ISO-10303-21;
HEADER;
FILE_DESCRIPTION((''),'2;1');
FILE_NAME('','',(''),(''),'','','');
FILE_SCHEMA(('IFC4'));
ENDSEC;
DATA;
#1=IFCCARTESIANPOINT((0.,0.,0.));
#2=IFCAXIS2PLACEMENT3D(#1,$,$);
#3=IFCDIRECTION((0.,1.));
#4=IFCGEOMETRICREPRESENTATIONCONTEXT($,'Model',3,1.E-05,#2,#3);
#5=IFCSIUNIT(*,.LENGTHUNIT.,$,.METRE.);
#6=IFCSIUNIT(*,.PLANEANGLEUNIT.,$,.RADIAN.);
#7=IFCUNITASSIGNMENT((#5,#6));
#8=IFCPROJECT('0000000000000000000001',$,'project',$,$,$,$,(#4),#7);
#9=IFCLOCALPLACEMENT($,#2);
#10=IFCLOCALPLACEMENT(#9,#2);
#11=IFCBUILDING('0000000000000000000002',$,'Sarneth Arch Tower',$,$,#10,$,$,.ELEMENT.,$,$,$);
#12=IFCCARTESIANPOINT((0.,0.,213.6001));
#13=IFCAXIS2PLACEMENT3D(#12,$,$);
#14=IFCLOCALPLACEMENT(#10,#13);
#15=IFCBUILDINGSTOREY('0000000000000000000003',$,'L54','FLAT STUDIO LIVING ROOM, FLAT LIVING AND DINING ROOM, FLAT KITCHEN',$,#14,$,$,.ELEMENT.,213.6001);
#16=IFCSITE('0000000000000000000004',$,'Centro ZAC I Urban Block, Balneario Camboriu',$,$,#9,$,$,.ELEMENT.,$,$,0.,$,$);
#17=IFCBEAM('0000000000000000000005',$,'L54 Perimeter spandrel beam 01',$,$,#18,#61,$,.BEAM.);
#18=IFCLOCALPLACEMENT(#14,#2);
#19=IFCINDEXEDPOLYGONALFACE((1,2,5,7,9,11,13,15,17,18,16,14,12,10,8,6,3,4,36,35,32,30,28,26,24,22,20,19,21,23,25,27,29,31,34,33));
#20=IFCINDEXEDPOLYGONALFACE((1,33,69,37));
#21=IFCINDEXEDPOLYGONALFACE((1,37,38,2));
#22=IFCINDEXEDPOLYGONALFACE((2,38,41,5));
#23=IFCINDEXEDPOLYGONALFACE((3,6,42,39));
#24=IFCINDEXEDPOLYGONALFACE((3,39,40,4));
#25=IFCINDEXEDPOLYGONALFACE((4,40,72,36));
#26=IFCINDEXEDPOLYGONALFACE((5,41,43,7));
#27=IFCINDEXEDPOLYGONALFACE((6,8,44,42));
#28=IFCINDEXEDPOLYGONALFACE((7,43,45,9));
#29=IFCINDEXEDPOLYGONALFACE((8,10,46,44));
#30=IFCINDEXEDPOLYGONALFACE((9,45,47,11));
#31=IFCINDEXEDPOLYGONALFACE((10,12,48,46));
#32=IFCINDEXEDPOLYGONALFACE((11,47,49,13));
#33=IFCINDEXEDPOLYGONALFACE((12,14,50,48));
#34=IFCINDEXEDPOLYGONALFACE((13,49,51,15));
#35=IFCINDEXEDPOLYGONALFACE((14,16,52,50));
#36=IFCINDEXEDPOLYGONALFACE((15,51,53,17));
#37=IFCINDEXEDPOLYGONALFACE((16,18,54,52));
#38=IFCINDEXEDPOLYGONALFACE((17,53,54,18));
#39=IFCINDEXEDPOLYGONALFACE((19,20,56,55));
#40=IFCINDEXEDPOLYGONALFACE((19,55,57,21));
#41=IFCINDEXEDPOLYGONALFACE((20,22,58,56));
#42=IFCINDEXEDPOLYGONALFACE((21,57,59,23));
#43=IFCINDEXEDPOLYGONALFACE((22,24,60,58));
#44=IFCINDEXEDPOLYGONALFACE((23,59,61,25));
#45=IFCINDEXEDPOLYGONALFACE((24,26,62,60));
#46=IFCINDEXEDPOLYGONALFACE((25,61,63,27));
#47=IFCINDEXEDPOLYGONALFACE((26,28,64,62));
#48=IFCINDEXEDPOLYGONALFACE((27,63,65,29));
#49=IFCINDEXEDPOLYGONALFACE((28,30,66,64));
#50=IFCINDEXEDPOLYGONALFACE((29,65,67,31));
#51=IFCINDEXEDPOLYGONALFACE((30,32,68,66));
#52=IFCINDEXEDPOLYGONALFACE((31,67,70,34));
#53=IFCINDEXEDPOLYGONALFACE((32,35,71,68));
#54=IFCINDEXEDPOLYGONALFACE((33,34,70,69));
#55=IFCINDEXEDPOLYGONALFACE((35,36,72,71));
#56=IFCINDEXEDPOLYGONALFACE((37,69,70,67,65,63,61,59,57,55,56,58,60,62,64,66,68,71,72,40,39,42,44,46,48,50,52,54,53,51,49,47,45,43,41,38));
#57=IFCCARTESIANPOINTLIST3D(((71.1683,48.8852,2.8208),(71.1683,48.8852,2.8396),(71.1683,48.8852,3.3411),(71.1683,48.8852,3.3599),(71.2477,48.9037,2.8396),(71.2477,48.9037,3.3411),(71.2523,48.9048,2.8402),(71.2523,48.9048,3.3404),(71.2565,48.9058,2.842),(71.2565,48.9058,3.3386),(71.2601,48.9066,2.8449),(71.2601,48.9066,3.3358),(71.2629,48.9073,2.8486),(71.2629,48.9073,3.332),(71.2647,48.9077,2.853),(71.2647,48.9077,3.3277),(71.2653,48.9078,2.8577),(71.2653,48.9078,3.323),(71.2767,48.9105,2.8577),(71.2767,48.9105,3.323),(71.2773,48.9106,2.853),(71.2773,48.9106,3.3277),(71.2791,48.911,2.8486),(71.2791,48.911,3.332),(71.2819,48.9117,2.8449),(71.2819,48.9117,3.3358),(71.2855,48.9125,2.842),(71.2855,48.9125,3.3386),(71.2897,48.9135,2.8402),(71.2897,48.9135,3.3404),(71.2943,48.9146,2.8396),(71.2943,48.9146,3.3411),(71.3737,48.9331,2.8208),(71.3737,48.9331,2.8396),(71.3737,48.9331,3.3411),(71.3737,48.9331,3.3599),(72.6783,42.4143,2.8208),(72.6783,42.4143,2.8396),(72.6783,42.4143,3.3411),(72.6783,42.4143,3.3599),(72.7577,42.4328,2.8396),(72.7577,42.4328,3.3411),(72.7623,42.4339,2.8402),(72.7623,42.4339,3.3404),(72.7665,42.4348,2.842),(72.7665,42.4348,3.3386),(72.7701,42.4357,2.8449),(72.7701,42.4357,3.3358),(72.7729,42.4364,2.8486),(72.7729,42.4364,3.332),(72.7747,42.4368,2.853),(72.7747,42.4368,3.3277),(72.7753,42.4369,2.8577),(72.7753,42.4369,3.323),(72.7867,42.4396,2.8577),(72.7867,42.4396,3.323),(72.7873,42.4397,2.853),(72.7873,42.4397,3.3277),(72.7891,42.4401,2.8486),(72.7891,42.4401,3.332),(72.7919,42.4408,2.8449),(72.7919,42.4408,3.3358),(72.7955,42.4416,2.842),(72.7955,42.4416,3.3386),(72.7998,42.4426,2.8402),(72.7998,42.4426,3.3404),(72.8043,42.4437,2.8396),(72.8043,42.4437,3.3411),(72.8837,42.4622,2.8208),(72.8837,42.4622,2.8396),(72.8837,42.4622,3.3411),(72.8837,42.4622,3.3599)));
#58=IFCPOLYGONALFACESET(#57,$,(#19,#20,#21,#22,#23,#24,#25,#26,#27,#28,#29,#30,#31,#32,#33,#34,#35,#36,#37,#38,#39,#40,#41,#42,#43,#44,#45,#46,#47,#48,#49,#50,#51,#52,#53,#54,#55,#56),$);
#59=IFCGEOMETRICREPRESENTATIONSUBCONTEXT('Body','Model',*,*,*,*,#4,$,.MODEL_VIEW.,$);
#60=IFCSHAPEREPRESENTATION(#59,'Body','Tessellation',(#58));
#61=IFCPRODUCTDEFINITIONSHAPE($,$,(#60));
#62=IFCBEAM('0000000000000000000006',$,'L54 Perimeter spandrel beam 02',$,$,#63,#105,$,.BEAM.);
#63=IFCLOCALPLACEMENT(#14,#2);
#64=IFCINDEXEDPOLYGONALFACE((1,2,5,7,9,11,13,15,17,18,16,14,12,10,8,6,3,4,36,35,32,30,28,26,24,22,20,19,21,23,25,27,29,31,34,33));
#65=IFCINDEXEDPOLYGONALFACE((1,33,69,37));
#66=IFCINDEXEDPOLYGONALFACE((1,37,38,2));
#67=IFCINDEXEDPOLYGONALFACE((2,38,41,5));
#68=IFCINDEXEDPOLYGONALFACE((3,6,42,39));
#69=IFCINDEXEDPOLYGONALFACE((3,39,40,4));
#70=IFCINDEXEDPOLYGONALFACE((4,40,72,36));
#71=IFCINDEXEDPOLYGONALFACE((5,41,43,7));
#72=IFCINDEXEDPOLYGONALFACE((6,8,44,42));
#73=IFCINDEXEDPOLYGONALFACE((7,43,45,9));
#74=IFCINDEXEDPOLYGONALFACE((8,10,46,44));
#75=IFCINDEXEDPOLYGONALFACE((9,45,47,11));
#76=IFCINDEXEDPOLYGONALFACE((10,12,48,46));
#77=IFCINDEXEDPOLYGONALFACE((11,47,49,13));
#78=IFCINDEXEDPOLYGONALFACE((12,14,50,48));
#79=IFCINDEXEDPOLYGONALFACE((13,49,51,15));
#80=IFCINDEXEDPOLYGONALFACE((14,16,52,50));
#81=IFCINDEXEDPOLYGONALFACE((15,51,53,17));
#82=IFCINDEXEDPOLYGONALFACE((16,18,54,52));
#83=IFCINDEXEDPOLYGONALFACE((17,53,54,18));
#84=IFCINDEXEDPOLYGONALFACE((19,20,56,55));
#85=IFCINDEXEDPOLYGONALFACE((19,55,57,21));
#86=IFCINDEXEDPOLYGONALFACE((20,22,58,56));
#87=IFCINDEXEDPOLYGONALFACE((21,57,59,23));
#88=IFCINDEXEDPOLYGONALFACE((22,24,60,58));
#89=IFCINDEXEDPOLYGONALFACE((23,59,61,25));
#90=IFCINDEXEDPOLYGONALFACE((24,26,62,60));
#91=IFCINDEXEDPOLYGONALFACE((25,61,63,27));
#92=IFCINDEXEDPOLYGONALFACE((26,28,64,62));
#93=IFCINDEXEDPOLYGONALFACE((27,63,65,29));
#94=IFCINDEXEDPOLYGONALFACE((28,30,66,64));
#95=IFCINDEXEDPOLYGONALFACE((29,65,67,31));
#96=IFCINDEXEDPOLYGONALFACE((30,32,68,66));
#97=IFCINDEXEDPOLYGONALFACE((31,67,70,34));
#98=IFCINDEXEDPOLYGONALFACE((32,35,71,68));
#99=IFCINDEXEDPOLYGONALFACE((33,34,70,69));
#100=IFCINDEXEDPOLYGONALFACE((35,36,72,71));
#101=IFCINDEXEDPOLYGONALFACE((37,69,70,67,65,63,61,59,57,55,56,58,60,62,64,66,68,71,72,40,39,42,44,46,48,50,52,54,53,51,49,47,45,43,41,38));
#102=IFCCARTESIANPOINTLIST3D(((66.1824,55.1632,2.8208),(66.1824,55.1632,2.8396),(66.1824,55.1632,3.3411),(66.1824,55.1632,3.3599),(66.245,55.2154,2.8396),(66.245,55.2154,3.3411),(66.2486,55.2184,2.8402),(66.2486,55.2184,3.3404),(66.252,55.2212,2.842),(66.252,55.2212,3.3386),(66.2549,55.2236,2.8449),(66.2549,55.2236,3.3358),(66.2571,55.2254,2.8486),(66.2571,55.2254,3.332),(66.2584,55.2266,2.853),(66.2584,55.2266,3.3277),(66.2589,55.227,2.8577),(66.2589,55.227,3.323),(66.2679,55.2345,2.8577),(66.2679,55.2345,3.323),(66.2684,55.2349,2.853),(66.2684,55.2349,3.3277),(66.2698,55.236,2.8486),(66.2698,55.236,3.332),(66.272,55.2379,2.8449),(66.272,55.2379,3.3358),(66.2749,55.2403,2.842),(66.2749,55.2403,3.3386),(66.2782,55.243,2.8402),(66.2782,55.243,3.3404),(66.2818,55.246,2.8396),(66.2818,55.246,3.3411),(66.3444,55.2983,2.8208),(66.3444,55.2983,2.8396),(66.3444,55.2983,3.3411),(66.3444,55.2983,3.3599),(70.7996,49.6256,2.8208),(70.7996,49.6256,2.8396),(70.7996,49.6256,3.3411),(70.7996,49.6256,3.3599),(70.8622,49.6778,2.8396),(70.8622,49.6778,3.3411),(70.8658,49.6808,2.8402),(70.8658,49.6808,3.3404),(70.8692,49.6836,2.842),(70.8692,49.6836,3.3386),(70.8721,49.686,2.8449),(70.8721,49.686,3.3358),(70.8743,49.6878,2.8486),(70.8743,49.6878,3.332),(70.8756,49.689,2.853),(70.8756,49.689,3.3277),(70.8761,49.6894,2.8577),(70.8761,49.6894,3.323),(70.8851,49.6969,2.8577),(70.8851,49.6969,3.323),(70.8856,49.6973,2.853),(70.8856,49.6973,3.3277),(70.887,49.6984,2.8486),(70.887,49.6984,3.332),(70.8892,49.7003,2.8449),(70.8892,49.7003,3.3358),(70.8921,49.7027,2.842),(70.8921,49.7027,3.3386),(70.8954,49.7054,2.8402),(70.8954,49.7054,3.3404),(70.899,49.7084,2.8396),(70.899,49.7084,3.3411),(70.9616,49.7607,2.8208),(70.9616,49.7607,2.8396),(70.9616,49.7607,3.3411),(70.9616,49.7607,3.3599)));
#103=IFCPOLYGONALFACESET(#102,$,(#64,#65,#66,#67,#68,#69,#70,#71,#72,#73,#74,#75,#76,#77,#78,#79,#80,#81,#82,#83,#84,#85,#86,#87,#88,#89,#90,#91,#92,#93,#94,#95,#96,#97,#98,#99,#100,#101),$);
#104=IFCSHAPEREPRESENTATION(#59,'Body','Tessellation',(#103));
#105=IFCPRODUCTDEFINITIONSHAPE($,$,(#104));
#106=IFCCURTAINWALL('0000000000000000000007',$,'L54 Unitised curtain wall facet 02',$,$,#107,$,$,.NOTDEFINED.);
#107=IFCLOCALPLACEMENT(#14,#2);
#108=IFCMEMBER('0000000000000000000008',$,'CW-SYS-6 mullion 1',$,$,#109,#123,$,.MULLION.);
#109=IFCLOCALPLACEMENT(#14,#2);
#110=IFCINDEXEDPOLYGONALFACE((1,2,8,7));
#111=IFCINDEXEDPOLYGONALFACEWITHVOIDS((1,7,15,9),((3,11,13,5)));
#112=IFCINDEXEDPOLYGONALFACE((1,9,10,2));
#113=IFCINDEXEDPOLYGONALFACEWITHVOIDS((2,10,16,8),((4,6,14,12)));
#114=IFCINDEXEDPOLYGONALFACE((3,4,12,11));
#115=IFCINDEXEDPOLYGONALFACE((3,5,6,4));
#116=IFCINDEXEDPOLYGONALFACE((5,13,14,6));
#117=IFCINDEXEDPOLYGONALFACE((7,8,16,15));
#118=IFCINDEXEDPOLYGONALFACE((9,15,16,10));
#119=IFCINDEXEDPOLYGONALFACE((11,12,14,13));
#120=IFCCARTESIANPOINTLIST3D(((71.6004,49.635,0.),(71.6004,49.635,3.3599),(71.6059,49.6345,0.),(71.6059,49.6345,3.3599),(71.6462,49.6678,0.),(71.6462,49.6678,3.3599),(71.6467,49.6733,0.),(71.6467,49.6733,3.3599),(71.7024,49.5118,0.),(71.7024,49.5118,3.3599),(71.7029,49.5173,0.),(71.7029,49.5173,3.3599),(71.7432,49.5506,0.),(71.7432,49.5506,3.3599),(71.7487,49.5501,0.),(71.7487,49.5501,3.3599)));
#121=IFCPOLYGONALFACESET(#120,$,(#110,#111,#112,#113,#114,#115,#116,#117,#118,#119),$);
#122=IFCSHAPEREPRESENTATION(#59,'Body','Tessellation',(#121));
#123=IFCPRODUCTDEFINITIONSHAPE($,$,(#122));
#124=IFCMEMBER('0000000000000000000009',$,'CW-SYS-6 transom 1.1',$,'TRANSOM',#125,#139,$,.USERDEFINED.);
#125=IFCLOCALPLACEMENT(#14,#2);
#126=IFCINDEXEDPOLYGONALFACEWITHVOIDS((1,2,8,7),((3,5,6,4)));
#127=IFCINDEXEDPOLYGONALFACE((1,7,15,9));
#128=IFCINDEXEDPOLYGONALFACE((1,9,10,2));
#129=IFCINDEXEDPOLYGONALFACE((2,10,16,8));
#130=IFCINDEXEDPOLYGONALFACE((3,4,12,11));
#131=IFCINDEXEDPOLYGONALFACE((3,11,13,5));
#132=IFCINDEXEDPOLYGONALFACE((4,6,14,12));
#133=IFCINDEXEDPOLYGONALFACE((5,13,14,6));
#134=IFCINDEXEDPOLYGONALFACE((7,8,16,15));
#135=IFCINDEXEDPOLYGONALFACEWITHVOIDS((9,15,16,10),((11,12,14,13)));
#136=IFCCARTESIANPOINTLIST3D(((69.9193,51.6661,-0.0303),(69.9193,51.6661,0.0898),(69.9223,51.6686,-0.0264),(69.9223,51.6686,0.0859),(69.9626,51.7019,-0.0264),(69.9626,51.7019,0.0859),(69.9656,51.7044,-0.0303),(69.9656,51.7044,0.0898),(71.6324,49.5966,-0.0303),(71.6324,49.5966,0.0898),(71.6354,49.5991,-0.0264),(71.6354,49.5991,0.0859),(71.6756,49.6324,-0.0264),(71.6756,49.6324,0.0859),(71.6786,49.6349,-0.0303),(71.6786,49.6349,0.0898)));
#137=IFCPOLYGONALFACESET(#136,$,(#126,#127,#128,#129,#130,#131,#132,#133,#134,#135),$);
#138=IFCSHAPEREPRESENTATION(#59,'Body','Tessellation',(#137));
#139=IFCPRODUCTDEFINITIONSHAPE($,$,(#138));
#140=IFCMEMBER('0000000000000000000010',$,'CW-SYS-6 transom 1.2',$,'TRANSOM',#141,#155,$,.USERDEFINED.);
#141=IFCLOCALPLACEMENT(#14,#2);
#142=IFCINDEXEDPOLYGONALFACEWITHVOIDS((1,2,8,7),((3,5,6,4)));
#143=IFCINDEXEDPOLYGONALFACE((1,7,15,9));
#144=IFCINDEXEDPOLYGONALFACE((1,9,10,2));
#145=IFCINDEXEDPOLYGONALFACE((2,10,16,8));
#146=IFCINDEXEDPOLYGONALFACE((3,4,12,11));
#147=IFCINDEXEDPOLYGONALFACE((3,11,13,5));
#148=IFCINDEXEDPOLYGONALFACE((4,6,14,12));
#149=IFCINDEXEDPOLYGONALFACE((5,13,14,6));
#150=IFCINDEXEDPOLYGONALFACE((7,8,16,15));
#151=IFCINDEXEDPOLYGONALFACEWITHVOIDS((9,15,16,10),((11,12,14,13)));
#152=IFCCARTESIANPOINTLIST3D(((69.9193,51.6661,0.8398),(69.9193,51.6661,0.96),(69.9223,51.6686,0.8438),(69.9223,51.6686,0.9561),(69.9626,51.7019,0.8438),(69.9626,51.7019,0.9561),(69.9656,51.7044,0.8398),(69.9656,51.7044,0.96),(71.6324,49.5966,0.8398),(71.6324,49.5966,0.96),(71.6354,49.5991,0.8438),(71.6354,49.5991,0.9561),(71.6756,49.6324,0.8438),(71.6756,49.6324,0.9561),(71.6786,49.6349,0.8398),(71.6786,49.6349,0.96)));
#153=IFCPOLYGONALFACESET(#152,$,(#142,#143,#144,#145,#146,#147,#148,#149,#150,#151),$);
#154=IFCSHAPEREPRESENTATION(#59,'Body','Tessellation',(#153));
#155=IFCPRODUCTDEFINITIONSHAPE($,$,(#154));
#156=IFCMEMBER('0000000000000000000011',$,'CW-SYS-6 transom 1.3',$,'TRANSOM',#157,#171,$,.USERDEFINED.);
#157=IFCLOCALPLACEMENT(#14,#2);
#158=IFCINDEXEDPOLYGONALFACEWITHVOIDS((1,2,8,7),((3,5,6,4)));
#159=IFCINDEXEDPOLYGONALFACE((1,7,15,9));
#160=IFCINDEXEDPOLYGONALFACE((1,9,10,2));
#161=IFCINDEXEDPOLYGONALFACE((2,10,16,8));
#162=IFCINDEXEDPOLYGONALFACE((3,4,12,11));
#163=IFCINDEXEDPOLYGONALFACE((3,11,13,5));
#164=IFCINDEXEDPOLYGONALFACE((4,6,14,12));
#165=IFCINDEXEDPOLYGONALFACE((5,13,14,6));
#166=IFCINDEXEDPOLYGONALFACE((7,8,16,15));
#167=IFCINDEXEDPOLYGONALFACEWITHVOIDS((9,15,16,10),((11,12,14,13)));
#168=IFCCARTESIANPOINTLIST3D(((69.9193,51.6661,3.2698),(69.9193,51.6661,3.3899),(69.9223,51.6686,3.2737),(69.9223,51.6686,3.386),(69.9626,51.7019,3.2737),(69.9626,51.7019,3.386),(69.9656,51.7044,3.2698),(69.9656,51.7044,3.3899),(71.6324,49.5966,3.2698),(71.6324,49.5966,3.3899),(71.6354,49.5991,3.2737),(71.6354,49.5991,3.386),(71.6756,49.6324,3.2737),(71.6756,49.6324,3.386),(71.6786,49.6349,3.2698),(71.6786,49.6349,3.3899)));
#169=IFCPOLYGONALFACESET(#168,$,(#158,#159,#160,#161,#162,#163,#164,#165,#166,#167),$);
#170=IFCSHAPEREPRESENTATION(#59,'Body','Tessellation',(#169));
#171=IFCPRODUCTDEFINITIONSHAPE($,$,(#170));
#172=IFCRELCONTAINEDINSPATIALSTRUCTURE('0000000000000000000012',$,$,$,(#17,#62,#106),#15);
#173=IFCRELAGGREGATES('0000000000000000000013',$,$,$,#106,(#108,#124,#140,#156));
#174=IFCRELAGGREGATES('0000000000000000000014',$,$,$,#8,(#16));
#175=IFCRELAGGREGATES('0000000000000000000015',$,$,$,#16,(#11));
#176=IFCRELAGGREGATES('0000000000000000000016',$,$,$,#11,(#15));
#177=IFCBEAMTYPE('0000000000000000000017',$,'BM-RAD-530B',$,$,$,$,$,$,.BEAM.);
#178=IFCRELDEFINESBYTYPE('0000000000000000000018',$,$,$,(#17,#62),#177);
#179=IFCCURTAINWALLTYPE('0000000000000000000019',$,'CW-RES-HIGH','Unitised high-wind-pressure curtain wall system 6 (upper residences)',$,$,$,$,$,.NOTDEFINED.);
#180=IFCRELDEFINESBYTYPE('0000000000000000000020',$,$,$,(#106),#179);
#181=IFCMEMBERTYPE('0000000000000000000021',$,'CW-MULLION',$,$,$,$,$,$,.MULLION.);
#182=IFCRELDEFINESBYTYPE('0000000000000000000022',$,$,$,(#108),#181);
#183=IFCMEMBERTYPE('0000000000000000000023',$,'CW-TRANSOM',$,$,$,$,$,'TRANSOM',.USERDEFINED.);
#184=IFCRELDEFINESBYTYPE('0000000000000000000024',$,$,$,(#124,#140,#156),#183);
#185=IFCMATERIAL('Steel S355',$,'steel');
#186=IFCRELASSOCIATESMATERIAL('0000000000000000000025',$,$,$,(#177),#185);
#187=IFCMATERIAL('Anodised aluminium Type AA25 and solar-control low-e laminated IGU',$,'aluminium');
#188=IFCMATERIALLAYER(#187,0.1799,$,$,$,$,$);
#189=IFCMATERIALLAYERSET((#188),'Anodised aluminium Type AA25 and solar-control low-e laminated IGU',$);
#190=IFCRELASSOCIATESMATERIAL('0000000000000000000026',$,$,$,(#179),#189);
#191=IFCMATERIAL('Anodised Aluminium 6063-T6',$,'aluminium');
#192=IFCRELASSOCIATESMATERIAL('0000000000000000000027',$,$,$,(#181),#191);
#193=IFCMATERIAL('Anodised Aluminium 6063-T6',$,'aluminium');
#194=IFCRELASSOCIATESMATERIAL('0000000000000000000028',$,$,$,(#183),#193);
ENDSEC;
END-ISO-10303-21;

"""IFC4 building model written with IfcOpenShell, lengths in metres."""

from ifc_helpers import new_model, si_unit, direction, frame, origin, origin_2d, place, context, subcontext, project, spatial, hollow_rectangle, i_section, extrude, material, layer, layer_set, material_profile, profile_set, type_object, element, aggregate, save


model = new_model("IFC4")

# Units and contexts
model_context = context("Model", 3, precision=1e-05, world=origin(), true_north=direction((0.0, 1.0)))
body_context = subcontext(model_context, "Body", "Model", "MODEL_VIEW")
ifc_project = project(units=[si_unit("LENGTHUNIT", "METRE"), si_unit("PLANEANGLEUNIT", "RADIAN")], contexts=[model_context])

# Site, building, storey
site_placement = place(None, origin())
site = spatial("IfcSite", under=ifc_project, at=site_placement, Name="Centro ZAC I Urban Block, Balneario Camboriu", CompositionType="ELEMENT", RefElevation=0.0)
building_placement = place(site_placement, origin())
building = spatial("IfcBuilding", under=site, at=building_placement, Name="Sarneth Arch Tower", CompositionType="ELEMENT")
storey_placement = place(building_placement, frame((0.0, 0.0, 213.6001)))
storey = spatial("IfcBuildingStorey", under=building, at=storey_placement, Name="L54", Description="FLAT STUDIO LIVING ROOM, FLAT LIVING AND DINING ROOM, FLAT KITCHEN", CompositionType="ELEMENT", Elevation=213.6001)

# Beams
ifc_material_1 = material(Name="Steel S355", Category="steel")
ifc_material_profile_1 = material_profile(ifc_material_1, i_section(OverallWidth=0.2109, OverallDepth=0.5391, WebThickness=0.0117, FlangeThickness=0.0188, FilletRadius=0.0181, at=origin_2d()), Name="W530x109")
ifc_profile_set_1 = profile_set([ifc_material_profile_1], Name="Steel S355")
beam_type = type_object("IfcBeamType", Name="BM-RAD-530B", PredefinedType="BEAM", material=ifc_profile_set_1)
beam_1_placement = place(storey_placement, frame((72.781, 42.4382, 3.0903), z_axis=(-0.227247, 0.973837, 0.0), x_axis=(-0.973837, -0.227247, 0.0)))
element("IfcBeam", 1, at=beam_1_placement, inside=storey, type_object=beam_type, Name="L54 Perimeter spandrel beam 01", PredefinedType="BEAM", context=body_context, shape_type="SweptSolid", body=[
    extrude(i_section(OverallWidth=0.2109, OverallDepth=0.5391, WebThickness=0.0117, FlangeThickness=0.0188, FilletRadius=0.0181, at=origin_2d()), origin(), (0.0, 0.0, 1.0), 6.6448),
])
beam_2_placement = place(storey_placement, frame((70.8806, 49.6931, 3.0903), z_axis=(-0.640391, 0.768049, 0.0), x_axis=(-0.768049, -0.640391, 0.0)))
element("IfcBeam", 2, at=beam_2_placement, inside=storey, type_object=beam_type, Name="L54 Perimeter spandrel beam 02", PredefinedType="BEAM", context=body_context, shape_type="SweptSolid", body=[
    extrude(i_section(OverallWidth=0.2109, OverallDepth=0.5391, WebThickness=0.0117, FlangeThickness=0.0188, FilletRadius=0.0181, at=origin_2d()), origin(), (0.0, 0.0, 1.0), 7.21),
])

# Curtain wall, members
ifc_material_2 = material(Name="Anodised aluminium Type AA25 and solar-control low-e laminated IGU", Category="aluminium")
ifc_layer_1 = layer(ifc_material_2, 0.1799)
ifc_layer_set_1 = layer_set([ifc_layer_1], Name="Anodised aluminium Type AA25 and solar-control low-e laminated IGU")
curtain_wall_type = type_object("IfcCurtainWallType", Name="CW-RES-HIGH", Description="Unitised high-wind-pressure curtain wall system 6 (upper residences)", PredefinedType="NOTDEFINED", material=ifc_layer_set_1)
curtain_wall_placement = place(storey_placement, origin())
curtain_wall = element("IfcCurtainWall", 3, at=curtain_wall_placement, inside=storey, type_object=curtain_wall_type, Name="L54 Unitised curtain wall facet 02", PredefinedType="NOTDEFINED")
ifc_material_3 = material(Name="Anodised Aluminium 6063-T6", Category="aluminium")
ifc_material_profile_2 = material_profile(ifc_material_3, hollow_rectangle(XDim=0.0601, YDim=0.1599, WallThickness=0.0039, at=origin_2d()), Name="AL-MULL-160x60x4")
ifc_profile_set_2 = profile_set([ifc_material_profile_2], Name="Anodised Aluminium 6063-T6")
member_type_1 = type_object("IfcMemberType", Name="CW-MULLION", PredefinedType="MULLION", material=ifc_profile_set_2)
member_1_placement = place(storey_placement, frame((71.6746, 49.5925, 0.0), z_axis=(0.0, 0.0, 1.0), x_axis=(-0.770359, -0.63761, 0.0)))
member_1 = element("IfcMember", 4, at=member_1_placement, type_object=member_type_1, Name="CW-SYS-6 mullion 1", PredefinedType="MULLION", context=body_context, shape_type="SweptSolid", body=[
    extrude(hollow_rectangle(XDim=0.0601, YDim=0.1599, WallThickness=0.0039, at=origin_2d()), origin(), (0.0, 0.0, 1.0), 3.3599),
])
ifc_material_4 = material(Name="Anodised Aluminium 6063-T6", Category="aluminium")
ifc_material_profile_3 = material_profile(ifc_material_4, hollow_rectangle(XDim=0.0601, YDim=0.1201, WallThickness=0.0039, at=origin_2d()), Name="AL-TRAN-120x60x4")
ifc_profile_set_3 = profile_set([ifc_material_profile_3], Name="Anodised Aluminium 6063-T6")
member_type_2 = type_object("IfcMemberType", Name="CW-TRANSOM", ElementType="TRANSOM", PredefinedType="USERDEFINED", material=ifc_profile_set_3)
member_2_placement = place(storey_placement, frame((71.6555, 49.6157, 0.0298), z_axis=(-0.637651, 0.770325, 0.0), x_axis=(-0.770325, -0.637651, 0.0)))
member_2 = element("IfcMember", 5, at=member_2_placement, type_object=member_type_2, Name="CW-SYS-6 transom 1.1", ObjectType="TRANSOM", PredefinedType="USERDEFINED", context=body_context, shape_type="SweptSolid", body=[
    extrude(hollow_rectangle(XDim=0.0601, YDim=0.1201, WallThickness=0.0039, at=origin_2d()), origin(), (0.0, 0.0, 1.0), 2.6865),
])
member_3_placement = place(storey_placement, frame((71.6555, 49.6157, 0.8999), z_axis=(-0.637651, 0.770325, 0.0), x_axis=(-0.770325, -0.637651, 0.0)))
member_3 = element("IfcMember", 6, at=member_3_placement, type_object=member_type_2, Name="CW-SYS-6 transom 1.2", ObjectType="TRANSOM", PredefinedType="USERDEFINED", context=body_context, shape_type="SweptSolid", body=[
    extrude(hollow_rectangle(XDim=0.0601, YDim=0.1201, WallThickness=0.0039, at=origin_2d()), origin(), (0.0, 0.0, 1.0), 2.6865),
])
member_4_placement = place(storey_placement, frame((71.6555, 49.6157, 3.3298), z_axis=(-0.637651, 0.770325, 0.0), x_axis=(-0.770325, -0.637651, 0.0)))
member_4 = element("IfcMember", 7, at=member_4_placement, type_object=member_type_2, Name="CW-SYS-6 transom 1.3", ObjectType="TRANSOM", PredefinedType="USERDEFINED", context=body_context, shape_type="SweptSolid", body=[
    extrude(hollow_rectangle(XDim=0.0601, YDim=0.1201, WallThickness=0.0039, at=origin_2d()), origin(), (0.0, 0.0, 1.0), 2.6865),
])
aggregate(curtain_wall, [member_1, member_2, member_3, member_4])

save(model, "model.ifc")
